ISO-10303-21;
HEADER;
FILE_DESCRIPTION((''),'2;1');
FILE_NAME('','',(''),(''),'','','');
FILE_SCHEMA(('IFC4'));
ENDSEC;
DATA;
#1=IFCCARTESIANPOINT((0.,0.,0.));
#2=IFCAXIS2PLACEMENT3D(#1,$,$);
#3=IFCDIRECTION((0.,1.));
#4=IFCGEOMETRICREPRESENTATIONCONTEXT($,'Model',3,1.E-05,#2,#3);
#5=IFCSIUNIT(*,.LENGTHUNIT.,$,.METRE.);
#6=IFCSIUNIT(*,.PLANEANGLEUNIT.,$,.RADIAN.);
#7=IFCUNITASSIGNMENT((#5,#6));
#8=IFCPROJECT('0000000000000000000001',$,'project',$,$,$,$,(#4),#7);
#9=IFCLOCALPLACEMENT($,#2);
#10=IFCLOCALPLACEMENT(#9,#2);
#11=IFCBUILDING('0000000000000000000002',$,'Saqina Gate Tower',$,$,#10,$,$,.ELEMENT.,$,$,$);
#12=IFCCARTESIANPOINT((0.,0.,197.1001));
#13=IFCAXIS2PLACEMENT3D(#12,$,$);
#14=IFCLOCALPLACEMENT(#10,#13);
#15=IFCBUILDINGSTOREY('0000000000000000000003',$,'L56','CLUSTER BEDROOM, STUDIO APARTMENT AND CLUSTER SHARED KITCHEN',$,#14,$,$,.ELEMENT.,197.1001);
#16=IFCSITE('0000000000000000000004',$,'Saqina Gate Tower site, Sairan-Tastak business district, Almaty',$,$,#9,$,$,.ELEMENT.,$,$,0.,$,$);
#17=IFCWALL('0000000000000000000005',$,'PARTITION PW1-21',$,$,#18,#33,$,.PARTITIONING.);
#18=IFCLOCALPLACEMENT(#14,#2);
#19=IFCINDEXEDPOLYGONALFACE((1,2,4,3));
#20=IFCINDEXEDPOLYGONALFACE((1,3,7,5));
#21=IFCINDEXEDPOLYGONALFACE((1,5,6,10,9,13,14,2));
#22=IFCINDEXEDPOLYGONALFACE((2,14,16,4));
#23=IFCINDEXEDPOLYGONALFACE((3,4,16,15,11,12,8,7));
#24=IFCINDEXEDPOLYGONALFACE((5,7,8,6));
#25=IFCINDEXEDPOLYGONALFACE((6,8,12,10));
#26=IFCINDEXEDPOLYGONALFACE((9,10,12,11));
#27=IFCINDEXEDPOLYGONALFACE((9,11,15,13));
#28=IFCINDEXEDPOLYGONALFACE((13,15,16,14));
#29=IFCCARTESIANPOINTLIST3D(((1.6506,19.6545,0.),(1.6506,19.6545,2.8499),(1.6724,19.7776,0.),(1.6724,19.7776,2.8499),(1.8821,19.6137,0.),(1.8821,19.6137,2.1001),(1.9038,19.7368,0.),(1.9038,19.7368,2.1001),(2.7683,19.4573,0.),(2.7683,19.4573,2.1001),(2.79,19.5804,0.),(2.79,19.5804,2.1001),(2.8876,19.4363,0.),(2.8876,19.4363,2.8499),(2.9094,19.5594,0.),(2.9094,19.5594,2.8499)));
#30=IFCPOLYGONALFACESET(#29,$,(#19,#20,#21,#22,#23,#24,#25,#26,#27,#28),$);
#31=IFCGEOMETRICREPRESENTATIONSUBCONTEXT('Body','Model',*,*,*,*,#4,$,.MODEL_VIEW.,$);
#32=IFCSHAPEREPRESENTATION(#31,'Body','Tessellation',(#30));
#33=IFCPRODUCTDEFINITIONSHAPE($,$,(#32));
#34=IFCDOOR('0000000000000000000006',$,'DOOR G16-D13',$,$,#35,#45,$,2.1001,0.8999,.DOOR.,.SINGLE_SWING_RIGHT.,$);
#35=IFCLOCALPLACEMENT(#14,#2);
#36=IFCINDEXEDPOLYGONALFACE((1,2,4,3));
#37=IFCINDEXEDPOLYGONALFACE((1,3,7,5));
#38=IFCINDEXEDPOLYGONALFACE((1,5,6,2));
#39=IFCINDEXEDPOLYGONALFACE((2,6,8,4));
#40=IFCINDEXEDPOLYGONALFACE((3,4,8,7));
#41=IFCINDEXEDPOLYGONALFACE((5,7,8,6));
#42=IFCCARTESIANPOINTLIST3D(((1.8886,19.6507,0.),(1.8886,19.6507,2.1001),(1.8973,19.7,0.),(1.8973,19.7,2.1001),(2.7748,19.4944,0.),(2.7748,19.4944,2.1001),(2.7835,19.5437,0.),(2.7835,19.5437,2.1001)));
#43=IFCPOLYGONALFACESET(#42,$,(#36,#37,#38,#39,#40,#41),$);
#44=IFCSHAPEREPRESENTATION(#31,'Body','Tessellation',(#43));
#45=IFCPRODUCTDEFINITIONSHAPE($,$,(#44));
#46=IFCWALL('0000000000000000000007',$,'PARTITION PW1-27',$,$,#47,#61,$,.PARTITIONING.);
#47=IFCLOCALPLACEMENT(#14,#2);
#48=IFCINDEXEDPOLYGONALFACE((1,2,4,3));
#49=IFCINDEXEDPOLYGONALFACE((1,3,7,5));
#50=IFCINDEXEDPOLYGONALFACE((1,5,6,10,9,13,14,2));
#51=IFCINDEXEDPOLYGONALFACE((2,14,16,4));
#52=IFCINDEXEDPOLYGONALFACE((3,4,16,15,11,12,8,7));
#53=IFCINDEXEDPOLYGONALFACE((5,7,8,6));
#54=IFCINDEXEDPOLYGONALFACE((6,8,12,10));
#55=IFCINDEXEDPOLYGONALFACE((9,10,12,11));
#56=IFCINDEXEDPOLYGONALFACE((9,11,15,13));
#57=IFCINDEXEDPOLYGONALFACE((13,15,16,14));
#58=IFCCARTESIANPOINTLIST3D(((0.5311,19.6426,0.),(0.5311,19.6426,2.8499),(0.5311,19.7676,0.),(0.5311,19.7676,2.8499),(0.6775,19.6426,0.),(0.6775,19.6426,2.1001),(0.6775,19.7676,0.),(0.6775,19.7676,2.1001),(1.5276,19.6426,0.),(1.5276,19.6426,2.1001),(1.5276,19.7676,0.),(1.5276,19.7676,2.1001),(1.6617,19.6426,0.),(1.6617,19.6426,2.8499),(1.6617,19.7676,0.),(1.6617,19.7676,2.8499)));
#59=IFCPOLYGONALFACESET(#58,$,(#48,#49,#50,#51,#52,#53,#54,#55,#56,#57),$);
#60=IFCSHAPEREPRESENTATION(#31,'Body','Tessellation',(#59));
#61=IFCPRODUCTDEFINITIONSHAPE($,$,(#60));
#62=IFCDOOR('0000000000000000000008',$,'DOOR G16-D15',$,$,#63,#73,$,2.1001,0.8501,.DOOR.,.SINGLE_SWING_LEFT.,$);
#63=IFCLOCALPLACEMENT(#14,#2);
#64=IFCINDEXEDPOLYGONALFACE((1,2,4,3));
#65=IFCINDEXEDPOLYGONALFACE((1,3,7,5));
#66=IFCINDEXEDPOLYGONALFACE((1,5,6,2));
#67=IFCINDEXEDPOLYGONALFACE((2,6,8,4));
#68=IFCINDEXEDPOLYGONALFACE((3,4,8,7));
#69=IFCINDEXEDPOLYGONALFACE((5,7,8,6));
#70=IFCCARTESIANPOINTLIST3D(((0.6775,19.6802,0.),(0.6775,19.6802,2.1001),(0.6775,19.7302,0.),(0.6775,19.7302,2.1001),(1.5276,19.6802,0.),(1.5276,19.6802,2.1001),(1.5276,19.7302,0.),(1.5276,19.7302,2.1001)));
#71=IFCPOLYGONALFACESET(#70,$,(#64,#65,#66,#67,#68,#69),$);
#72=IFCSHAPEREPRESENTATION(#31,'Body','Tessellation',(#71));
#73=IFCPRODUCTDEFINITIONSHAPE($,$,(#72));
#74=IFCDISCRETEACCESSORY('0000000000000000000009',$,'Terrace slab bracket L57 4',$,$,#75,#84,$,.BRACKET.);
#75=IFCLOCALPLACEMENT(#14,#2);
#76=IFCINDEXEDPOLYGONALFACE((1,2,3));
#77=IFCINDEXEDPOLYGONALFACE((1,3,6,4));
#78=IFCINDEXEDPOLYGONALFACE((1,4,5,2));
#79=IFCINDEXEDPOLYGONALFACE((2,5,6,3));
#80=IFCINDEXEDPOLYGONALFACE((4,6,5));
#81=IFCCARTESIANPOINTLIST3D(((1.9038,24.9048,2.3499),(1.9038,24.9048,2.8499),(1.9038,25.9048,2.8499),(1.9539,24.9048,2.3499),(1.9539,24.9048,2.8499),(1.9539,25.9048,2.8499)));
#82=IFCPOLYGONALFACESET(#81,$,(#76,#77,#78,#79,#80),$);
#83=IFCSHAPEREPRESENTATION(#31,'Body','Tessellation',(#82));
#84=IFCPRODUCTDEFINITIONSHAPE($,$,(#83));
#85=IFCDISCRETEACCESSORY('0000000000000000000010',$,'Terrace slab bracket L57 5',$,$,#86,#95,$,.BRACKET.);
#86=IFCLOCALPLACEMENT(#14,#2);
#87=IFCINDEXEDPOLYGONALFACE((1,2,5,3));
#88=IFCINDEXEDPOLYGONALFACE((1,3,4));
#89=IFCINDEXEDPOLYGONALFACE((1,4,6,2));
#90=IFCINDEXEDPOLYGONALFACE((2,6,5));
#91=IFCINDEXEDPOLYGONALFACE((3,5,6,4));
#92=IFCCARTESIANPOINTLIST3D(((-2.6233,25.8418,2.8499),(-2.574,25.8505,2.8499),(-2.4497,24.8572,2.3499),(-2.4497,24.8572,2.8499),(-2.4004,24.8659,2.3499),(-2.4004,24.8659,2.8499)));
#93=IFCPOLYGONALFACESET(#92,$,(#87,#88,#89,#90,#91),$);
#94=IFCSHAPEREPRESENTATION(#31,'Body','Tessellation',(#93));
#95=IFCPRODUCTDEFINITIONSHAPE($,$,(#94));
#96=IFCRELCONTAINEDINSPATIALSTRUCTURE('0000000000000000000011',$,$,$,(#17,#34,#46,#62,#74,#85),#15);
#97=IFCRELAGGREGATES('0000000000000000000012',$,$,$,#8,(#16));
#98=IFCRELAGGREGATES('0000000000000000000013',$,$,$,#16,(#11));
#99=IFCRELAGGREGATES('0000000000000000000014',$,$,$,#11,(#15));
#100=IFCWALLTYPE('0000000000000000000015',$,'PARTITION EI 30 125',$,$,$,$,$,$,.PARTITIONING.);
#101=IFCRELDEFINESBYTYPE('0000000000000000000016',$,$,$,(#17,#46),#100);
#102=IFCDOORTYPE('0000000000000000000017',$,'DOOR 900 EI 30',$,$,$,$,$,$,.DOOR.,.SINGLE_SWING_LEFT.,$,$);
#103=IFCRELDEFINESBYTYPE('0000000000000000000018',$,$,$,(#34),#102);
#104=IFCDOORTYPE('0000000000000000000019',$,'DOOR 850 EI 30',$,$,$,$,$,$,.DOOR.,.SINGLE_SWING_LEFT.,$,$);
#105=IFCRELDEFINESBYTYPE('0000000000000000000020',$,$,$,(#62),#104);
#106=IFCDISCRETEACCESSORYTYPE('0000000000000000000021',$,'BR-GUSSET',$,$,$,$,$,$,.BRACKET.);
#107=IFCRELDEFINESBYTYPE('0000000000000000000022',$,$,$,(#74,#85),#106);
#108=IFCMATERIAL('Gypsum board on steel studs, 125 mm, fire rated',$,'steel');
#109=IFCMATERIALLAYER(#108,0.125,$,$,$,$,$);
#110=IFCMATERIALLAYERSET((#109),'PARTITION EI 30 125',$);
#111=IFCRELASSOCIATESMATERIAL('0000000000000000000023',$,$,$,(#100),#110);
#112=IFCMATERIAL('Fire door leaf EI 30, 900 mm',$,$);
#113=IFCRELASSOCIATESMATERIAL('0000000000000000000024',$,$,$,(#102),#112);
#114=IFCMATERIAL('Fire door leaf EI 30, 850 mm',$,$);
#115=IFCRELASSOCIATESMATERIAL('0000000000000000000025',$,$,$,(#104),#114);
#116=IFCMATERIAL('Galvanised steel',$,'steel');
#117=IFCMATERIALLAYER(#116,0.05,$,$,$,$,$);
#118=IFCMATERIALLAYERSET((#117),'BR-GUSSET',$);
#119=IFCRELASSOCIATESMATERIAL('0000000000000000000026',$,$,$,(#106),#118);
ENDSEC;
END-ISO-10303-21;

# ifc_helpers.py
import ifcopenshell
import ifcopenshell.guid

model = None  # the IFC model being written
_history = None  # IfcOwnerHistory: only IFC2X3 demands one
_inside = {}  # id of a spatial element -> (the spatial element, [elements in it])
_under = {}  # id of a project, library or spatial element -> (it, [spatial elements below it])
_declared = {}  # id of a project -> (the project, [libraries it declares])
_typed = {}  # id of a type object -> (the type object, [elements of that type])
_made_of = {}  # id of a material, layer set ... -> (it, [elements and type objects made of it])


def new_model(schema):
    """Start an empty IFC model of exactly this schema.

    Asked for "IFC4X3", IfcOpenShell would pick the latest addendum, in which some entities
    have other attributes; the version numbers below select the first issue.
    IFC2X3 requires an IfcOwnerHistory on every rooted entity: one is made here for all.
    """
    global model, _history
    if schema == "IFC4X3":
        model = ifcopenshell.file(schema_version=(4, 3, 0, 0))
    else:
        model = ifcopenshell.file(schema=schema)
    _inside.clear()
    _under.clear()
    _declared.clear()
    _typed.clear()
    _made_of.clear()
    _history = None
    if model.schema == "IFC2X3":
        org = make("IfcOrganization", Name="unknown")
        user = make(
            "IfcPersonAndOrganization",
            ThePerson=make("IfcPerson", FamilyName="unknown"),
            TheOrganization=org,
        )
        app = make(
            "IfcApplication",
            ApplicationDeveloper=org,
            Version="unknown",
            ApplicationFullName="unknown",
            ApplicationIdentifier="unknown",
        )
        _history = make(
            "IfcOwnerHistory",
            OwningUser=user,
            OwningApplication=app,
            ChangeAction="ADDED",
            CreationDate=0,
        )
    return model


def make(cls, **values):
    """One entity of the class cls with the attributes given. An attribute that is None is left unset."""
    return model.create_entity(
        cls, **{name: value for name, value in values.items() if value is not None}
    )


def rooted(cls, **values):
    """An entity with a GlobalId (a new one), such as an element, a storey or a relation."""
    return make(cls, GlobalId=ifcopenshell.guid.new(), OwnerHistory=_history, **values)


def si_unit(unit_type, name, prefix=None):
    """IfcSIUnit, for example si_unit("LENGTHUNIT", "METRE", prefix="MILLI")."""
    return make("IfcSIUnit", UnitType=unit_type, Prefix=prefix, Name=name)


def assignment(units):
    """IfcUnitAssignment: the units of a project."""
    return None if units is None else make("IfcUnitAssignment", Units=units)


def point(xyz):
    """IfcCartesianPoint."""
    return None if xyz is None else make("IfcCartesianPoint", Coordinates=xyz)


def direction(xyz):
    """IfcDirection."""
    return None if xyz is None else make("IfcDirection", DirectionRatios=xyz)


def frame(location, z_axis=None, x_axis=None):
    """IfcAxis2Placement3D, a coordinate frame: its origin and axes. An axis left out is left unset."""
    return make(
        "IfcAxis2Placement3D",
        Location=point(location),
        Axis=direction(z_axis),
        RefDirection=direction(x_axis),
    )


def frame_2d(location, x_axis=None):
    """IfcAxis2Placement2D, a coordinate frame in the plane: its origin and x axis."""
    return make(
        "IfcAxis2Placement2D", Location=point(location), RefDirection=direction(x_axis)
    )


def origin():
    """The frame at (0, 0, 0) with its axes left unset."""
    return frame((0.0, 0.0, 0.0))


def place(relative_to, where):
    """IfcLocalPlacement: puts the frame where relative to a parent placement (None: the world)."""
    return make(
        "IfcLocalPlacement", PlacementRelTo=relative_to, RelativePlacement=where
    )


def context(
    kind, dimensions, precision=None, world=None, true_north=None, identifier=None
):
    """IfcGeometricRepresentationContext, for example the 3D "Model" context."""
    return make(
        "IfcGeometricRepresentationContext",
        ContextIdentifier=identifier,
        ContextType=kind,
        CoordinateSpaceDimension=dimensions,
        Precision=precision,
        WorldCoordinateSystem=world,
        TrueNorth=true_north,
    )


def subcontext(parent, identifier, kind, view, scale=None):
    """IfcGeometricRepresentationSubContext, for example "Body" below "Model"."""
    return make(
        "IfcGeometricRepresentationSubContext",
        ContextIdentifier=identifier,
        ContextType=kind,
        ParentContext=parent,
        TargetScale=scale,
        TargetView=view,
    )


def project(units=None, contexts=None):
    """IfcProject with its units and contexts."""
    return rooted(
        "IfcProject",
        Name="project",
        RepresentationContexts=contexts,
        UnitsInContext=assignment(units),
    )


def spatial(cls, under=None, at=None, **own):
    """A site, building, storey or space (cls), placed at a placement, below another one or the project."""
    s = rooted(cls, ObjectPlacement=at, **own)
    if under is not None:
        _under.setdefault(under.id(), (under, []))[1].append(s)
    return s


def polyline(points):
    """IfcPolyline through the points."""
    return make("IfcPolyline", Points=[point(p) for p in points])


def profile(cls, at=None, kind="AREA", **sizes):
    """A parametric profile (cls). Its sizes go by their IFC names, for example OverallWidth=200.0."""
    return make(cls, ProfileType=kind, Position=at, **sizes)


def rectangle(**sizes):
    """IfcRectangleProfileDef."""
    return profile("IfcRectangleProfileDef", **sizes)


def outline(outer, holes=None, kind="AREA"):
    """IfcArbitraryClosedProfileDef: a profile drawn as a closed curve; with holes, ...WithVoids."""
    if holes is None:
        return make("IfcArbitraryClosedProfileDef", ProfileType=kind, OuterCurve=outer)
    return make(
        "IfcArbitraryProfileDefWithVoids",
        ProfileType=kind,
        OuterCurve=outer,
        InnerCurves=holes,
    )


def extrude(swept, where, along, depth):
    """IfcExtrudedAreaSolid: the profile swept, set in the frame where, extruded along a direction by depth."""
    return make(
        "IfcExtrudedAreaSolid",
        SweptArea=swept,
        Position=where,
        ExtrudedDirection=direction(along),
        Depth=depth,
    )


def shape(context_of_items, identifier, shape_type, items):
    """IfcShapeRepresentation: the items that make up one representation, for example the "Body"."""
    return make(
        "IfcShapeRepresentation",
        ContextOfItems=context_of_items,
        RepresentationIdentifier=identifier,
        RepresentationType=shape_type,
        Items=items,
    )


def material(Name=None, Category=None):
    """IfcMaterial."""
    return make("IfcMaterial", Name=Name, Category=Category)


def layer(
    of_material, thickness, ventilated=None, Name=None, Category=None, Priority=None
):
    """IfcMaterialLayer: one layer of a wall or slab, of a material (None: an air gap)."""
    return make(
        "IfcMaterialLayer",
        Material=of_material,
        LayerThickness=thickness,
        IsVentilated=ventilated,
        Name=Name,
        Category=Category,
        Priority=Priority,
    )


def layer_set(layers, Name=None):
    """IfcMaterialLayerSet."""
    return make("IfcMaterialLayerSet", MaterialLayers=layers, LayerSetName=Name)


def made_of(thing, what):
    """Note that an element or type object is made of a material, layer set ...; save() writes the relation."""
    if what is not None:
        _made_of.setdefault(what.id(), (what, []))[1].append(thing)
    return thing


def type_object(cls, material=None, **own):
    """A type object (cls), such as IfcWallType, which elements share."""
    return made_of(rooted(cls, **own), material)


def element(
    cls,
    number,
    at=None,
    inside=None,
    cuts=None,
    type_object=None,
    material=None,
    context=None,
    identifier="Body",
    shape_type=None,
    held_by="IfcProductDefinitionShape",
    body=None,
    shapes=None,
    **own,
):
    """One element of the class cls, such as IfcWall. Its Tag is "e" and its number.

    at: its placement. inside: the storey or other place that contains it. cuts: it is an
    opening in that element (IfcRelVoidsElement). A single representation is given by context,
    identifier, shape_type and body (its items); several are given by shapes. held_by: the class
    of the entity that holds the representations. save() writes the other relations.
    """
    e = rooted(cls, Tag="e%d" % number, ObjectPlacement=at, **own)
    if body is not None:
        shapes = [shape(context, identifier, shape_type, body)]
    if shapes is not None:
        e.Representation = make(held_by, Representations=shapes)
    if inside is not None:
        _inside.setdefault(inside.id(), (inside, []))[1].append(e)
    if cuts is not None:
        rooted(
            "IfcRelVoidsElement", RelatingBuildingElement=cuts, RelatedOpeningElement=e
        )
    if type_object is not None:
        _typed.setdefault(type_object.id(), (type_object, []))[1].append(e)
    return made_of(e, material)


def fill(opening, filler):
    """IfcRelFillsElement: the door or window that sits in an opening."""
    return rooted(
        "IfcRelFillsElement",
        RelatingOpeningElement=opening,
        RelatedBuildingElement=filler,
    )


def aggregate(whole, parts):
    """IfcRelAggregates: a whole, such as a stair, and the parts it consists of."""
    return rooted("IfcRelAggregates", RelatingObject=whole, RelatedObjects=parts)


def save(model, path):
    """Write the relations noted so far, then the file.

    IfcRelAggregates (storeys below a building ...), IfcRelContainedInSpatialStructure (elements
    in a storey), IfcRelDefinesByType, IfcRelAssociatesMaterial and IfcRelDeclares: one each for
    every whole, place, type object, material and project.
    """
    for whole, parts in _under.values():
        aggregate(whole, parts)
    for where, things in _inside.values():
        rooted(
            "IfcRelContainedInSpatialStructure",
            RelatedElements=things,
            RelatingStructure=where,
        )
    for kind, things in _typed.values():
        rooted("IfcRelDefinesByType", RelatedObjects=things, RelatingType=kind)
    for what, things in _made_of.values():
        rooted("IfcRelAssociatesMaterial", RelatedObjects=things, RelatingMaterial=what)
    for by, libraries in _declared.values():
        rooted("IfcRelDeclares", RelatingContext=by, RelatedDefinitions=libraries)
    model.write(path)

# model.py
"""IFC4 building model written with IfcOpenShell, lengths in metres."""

from ifc_helpers import new_model, si_unit, direction, frame, frame_2d, origin, place, context, subcontext, project, spatial, polyline, rectangle, outline, extrude, material, layer, layer_set, type_object, element, fill, save


model = new_model("IFC4")

# Units and contexts
model_context = context("Model", 3, precision=1e-05, world=origin(), true_north=direction((0.0, 1.0)))
body_context = subcontext(model_context, "Body", "Model", "MODEL_VIEW")
ifc_project = project(units=[si_unit("LENGTHUNIT", "METRE"), si_unit("PLANEANGLEUNIT", "RADIAN")], contexts=[model_context])

# Site, building, storey
site_placement = place(None, origin())
site = spatial("IfcSite", under=ifc_project, at=site_placement, Name="Saqina Gate Tower site, Sairan-Tastak business district, Almaty", CompositionType="ELEMENT", RefElevation=0.0)
building_placement = place(site_placement, origin())
building = spatial("IfcBuilding", under=site, at=building_placement, Name="Saqina Gate Tower", CompositionType="ELEMENT")
storey_placement = place(building_placement, frame((0.0, 0.0, 197.1001)))
storey = spatial("IfcBuildingStorey", under=building, at=storey_placement, Name="L56", Description="CLUSTER BEDROOM, STUDIO APARTMENT AND CLUSTER SHARED KITCHEN", CompositionType="ELEMENT", Elevation=197.1001)

# Walls, openings, doors
ifc_material_1 = material(Name="Gypsum board on steel studs, 125 mm, fire rated", Category="steel")
ifc_layer_1 = layer(ifc_material_1, 0.125)
ifc_layer_set_1 = layer_set([ifc_layer_1], Name="PARTITION EI 30 125")
wall_type_1 = type_object("IfcWallType", Name="PARTITION EI 30 125", PredefinedType="PARTITIONING", material=ifc_layer_set_1)
wall_1_placement = place(storey_placement, frame((1.6616, 19.7161, 0.0), z_axis=(0.0, 0.0, 1.0), x_axis=(0.984789, -0.173752, 0.0)))
wall_1 = element("IfcWall", 1, at=wall_1_placement, inside=storey, type_object=wall_type_1, Name="PARTITION PW1-21", PredefinedType="PARTITIONING", context=body_context, shape_type="SweptSolid", body=[
    extrude(rectangle(XDim=1.2561, YDim=0.125, at=frame_2d((0.6279, 0.0))), origin(), (0.0, 0.0, 1.0), 2.8499),
])
opening_1_placement = place(wall_1_placement, frame((0.2349, 0.0, 0.0)))
opening_1 = element("IfcOpeningElement", 2, at=opening_1_placement, cuts=wall_1, PredefinedType="OPENING", context=body_context, shape_type="SweptSolid", body=[
    extrude(rectangle(XDim=0.8999, YDim=2.1001, at=frame_2d((0.45, 1.05))), frame((0.0, 0.0745, 0.0), z_axis=(0.0, -1.0, 0.0), x_axis=(1.0, 0.0, 0.0)), (0.0, 0.0, 1.0), 0.1489),
])
ifc_material_2 = material(Name="Fire door leaf EI 30, 900 mm")
door_type_1 = type_object("IfcDoorType", Name="DOOR 900 EI 30", OperationType="SINGLE_SWING_LEFT", PredefinedType="DOOR", material=ifc_material_2)
door_1_placement = place(opening_1_placement, frame((0.8999, 0.0, 0.0), z_axis=(0.0, 0.0, 1.0), x_axis=(-1.0, 0.0, 0.0)))
door_1 = element("IfcDoor", 3, at=door_1_placement, inside=storey, type_object=door_type_1, Name="DOOR G16-D13", OperationType="SINGLE_SWING_RIGHT", OverallHeight=2.1001, OverallWidth=0.8999, PredefinedType="DOOR", context=body_context, shape_type="SweptSolid", body=[
    extrude(rectangle(XDim=0.8999, YDim=2.1001, at=frame_2d((0.45, 1.05))), frame((0.0, 0.0249, 0.0), z_axis=(0.0, -1.0, 0.0), x_axis=(1.0, 0.0, 0.0)), (0.0, 0.0, 1.0), 0.05),
])
fill(opening_1, door_1)
wall_2_placement = place(storey_placement, frame((0.531, 19.7051, 0.0), z_axis=(0.0, 0.0, 1.0), x_axis=(1.0, 0.0, 0.0)))
wall_2 = element("IfcWall", 4, at=wall_2_placement, inside=storey, type_object=wall_type_1, Name="PARTITION PW1-27", PredefinedType="PARTITIONING", context=body_context, shape_type="SweptSolid", body=[
    extrude(rectangle(XDim=1.1306, YDim=0.125, at=frame_2d((0.5654, 0.0))), origin(), (0.0, 0.0, 1.0), 2.8499),
])
opening_2_placement = place(wall_2_placement, frame((0.1465, 0.0, 0.0)))
opening_2 = element("IfcOpeningElement", 5, at=opening_2_placement, cuts=wall_2, PredefinedType="OPENING", context=body_context, shape_type="SweptSolid", body=[
    extrude(rectangle(XDim=0.8501, YDim=2.1001, at=frame_2d((0.425, 1.05))), frame((0.0, 0.0745, 0.0), z_axis=(0.0, -1.0, 0.0), x_axis=(1.0, 0.0, 0.0)), (0.0, 0.0, 1.0), 0.1489),
])
ifc_material_3 = material(Name="Fire door leaf EI 30, 850 mm")
door_type_2 = type_object("IfcDoorType", Name="DOOR 850 EI 30", OperationType="SINGLE_SWING_LEFT", PredefinedType="DOOR", material=ifc_material_3)
door_2_placement = place(opening_2_placement, frame((0.8501, 0.0, 0.0), z_axis=(0.0, 0.0, 1.0), x_axis=(-1.0, 0.0, 0.0)))
door_2 = element("IfcDoor", 6, at=door_2_placement, inside=storey, type_object=door_type_2, Name="DOOR G16-D15", OperationType="SINGLE_SWING_LEFT", OverallHeight=2.1001, OverallWidth=0.8501, PredefinedType="DOOR", context=body_context, shape_type="SweptSolid", body=[
    extrude(rectangle(XDim=0.8501, YDim=2.1001, at=frame_2d((0.425, 1.05))), frame((0.0, 0.0249, 0.0), z_axis=(0.0, -1.0, 0.0), x_axis=(1.0, 0.0, 0.0)), (0.0, 0.0, 1.0), 0.05),
])
fill(opening_2, door_2)

# Discrete accessories
ifc_material_4 = material(Name="Galvanised steel", Category="steel")
ifc_layer_2 = layer(ifc_material_4, 0.05)
ifc_layer_set_2 = layer_set([ifc_layer_2], Name="BR-GUSSET")
discrete_accessory_type = type_object("IfcDiscreteAccessoryType", Name="BR-GUSSET", PredefinedType="BRACKET", material=ifc_layer_set_2)
discrete_accessory_1_placement = place(storey_placement, frame((1.9038, 24.9048, 2.3499), z_axis=(-1.0, 0.0, 0.0), x_axis=(0.0, 0.0, 1.0)))
element("IfcDiscreteAccessory", 7, at=discrete_accessory_1_placement, inside=storey, type_object=discrete_accessory_type, Name="Terrace slab bracket L57 4", PredefinedType="BRACKET", context=body_context, shape_type="SweptSolid", body=[
    extrude(outline(polyline([(0.0, 0.0), (0.5, 0.0), (0.5, 1.0), (0.0, 0.0)])), origin(), (0.0, 0.0, -1.0), 0.05),
])
discrete_accessory_2_placement = place(storey_placement, frame((-2.4497, 24.8572, 2.3499), z_axis=(-0.984813, -0.173618, 0.0), x_axis=(0.0, 0.0, 1.0)))
element("IfcDiscreteAccessory", 8, at=discrete_accessory_2_placement, inside=storey, type_object=discrete_accessory_type, Name="Terrace slab bracket L57 5", PredefinedType="BRACKET", context=body_context, shape_type="SweptSolid", body=[
    extrude(outline(polyline([(0.0, 0.0), (0.5, 0.0), (0.5, 0.9998), (0.0, 0.0)])), origin(), (0.0, 0.0, -1.0), 0.05),
])

save(model, "model.ifc")
